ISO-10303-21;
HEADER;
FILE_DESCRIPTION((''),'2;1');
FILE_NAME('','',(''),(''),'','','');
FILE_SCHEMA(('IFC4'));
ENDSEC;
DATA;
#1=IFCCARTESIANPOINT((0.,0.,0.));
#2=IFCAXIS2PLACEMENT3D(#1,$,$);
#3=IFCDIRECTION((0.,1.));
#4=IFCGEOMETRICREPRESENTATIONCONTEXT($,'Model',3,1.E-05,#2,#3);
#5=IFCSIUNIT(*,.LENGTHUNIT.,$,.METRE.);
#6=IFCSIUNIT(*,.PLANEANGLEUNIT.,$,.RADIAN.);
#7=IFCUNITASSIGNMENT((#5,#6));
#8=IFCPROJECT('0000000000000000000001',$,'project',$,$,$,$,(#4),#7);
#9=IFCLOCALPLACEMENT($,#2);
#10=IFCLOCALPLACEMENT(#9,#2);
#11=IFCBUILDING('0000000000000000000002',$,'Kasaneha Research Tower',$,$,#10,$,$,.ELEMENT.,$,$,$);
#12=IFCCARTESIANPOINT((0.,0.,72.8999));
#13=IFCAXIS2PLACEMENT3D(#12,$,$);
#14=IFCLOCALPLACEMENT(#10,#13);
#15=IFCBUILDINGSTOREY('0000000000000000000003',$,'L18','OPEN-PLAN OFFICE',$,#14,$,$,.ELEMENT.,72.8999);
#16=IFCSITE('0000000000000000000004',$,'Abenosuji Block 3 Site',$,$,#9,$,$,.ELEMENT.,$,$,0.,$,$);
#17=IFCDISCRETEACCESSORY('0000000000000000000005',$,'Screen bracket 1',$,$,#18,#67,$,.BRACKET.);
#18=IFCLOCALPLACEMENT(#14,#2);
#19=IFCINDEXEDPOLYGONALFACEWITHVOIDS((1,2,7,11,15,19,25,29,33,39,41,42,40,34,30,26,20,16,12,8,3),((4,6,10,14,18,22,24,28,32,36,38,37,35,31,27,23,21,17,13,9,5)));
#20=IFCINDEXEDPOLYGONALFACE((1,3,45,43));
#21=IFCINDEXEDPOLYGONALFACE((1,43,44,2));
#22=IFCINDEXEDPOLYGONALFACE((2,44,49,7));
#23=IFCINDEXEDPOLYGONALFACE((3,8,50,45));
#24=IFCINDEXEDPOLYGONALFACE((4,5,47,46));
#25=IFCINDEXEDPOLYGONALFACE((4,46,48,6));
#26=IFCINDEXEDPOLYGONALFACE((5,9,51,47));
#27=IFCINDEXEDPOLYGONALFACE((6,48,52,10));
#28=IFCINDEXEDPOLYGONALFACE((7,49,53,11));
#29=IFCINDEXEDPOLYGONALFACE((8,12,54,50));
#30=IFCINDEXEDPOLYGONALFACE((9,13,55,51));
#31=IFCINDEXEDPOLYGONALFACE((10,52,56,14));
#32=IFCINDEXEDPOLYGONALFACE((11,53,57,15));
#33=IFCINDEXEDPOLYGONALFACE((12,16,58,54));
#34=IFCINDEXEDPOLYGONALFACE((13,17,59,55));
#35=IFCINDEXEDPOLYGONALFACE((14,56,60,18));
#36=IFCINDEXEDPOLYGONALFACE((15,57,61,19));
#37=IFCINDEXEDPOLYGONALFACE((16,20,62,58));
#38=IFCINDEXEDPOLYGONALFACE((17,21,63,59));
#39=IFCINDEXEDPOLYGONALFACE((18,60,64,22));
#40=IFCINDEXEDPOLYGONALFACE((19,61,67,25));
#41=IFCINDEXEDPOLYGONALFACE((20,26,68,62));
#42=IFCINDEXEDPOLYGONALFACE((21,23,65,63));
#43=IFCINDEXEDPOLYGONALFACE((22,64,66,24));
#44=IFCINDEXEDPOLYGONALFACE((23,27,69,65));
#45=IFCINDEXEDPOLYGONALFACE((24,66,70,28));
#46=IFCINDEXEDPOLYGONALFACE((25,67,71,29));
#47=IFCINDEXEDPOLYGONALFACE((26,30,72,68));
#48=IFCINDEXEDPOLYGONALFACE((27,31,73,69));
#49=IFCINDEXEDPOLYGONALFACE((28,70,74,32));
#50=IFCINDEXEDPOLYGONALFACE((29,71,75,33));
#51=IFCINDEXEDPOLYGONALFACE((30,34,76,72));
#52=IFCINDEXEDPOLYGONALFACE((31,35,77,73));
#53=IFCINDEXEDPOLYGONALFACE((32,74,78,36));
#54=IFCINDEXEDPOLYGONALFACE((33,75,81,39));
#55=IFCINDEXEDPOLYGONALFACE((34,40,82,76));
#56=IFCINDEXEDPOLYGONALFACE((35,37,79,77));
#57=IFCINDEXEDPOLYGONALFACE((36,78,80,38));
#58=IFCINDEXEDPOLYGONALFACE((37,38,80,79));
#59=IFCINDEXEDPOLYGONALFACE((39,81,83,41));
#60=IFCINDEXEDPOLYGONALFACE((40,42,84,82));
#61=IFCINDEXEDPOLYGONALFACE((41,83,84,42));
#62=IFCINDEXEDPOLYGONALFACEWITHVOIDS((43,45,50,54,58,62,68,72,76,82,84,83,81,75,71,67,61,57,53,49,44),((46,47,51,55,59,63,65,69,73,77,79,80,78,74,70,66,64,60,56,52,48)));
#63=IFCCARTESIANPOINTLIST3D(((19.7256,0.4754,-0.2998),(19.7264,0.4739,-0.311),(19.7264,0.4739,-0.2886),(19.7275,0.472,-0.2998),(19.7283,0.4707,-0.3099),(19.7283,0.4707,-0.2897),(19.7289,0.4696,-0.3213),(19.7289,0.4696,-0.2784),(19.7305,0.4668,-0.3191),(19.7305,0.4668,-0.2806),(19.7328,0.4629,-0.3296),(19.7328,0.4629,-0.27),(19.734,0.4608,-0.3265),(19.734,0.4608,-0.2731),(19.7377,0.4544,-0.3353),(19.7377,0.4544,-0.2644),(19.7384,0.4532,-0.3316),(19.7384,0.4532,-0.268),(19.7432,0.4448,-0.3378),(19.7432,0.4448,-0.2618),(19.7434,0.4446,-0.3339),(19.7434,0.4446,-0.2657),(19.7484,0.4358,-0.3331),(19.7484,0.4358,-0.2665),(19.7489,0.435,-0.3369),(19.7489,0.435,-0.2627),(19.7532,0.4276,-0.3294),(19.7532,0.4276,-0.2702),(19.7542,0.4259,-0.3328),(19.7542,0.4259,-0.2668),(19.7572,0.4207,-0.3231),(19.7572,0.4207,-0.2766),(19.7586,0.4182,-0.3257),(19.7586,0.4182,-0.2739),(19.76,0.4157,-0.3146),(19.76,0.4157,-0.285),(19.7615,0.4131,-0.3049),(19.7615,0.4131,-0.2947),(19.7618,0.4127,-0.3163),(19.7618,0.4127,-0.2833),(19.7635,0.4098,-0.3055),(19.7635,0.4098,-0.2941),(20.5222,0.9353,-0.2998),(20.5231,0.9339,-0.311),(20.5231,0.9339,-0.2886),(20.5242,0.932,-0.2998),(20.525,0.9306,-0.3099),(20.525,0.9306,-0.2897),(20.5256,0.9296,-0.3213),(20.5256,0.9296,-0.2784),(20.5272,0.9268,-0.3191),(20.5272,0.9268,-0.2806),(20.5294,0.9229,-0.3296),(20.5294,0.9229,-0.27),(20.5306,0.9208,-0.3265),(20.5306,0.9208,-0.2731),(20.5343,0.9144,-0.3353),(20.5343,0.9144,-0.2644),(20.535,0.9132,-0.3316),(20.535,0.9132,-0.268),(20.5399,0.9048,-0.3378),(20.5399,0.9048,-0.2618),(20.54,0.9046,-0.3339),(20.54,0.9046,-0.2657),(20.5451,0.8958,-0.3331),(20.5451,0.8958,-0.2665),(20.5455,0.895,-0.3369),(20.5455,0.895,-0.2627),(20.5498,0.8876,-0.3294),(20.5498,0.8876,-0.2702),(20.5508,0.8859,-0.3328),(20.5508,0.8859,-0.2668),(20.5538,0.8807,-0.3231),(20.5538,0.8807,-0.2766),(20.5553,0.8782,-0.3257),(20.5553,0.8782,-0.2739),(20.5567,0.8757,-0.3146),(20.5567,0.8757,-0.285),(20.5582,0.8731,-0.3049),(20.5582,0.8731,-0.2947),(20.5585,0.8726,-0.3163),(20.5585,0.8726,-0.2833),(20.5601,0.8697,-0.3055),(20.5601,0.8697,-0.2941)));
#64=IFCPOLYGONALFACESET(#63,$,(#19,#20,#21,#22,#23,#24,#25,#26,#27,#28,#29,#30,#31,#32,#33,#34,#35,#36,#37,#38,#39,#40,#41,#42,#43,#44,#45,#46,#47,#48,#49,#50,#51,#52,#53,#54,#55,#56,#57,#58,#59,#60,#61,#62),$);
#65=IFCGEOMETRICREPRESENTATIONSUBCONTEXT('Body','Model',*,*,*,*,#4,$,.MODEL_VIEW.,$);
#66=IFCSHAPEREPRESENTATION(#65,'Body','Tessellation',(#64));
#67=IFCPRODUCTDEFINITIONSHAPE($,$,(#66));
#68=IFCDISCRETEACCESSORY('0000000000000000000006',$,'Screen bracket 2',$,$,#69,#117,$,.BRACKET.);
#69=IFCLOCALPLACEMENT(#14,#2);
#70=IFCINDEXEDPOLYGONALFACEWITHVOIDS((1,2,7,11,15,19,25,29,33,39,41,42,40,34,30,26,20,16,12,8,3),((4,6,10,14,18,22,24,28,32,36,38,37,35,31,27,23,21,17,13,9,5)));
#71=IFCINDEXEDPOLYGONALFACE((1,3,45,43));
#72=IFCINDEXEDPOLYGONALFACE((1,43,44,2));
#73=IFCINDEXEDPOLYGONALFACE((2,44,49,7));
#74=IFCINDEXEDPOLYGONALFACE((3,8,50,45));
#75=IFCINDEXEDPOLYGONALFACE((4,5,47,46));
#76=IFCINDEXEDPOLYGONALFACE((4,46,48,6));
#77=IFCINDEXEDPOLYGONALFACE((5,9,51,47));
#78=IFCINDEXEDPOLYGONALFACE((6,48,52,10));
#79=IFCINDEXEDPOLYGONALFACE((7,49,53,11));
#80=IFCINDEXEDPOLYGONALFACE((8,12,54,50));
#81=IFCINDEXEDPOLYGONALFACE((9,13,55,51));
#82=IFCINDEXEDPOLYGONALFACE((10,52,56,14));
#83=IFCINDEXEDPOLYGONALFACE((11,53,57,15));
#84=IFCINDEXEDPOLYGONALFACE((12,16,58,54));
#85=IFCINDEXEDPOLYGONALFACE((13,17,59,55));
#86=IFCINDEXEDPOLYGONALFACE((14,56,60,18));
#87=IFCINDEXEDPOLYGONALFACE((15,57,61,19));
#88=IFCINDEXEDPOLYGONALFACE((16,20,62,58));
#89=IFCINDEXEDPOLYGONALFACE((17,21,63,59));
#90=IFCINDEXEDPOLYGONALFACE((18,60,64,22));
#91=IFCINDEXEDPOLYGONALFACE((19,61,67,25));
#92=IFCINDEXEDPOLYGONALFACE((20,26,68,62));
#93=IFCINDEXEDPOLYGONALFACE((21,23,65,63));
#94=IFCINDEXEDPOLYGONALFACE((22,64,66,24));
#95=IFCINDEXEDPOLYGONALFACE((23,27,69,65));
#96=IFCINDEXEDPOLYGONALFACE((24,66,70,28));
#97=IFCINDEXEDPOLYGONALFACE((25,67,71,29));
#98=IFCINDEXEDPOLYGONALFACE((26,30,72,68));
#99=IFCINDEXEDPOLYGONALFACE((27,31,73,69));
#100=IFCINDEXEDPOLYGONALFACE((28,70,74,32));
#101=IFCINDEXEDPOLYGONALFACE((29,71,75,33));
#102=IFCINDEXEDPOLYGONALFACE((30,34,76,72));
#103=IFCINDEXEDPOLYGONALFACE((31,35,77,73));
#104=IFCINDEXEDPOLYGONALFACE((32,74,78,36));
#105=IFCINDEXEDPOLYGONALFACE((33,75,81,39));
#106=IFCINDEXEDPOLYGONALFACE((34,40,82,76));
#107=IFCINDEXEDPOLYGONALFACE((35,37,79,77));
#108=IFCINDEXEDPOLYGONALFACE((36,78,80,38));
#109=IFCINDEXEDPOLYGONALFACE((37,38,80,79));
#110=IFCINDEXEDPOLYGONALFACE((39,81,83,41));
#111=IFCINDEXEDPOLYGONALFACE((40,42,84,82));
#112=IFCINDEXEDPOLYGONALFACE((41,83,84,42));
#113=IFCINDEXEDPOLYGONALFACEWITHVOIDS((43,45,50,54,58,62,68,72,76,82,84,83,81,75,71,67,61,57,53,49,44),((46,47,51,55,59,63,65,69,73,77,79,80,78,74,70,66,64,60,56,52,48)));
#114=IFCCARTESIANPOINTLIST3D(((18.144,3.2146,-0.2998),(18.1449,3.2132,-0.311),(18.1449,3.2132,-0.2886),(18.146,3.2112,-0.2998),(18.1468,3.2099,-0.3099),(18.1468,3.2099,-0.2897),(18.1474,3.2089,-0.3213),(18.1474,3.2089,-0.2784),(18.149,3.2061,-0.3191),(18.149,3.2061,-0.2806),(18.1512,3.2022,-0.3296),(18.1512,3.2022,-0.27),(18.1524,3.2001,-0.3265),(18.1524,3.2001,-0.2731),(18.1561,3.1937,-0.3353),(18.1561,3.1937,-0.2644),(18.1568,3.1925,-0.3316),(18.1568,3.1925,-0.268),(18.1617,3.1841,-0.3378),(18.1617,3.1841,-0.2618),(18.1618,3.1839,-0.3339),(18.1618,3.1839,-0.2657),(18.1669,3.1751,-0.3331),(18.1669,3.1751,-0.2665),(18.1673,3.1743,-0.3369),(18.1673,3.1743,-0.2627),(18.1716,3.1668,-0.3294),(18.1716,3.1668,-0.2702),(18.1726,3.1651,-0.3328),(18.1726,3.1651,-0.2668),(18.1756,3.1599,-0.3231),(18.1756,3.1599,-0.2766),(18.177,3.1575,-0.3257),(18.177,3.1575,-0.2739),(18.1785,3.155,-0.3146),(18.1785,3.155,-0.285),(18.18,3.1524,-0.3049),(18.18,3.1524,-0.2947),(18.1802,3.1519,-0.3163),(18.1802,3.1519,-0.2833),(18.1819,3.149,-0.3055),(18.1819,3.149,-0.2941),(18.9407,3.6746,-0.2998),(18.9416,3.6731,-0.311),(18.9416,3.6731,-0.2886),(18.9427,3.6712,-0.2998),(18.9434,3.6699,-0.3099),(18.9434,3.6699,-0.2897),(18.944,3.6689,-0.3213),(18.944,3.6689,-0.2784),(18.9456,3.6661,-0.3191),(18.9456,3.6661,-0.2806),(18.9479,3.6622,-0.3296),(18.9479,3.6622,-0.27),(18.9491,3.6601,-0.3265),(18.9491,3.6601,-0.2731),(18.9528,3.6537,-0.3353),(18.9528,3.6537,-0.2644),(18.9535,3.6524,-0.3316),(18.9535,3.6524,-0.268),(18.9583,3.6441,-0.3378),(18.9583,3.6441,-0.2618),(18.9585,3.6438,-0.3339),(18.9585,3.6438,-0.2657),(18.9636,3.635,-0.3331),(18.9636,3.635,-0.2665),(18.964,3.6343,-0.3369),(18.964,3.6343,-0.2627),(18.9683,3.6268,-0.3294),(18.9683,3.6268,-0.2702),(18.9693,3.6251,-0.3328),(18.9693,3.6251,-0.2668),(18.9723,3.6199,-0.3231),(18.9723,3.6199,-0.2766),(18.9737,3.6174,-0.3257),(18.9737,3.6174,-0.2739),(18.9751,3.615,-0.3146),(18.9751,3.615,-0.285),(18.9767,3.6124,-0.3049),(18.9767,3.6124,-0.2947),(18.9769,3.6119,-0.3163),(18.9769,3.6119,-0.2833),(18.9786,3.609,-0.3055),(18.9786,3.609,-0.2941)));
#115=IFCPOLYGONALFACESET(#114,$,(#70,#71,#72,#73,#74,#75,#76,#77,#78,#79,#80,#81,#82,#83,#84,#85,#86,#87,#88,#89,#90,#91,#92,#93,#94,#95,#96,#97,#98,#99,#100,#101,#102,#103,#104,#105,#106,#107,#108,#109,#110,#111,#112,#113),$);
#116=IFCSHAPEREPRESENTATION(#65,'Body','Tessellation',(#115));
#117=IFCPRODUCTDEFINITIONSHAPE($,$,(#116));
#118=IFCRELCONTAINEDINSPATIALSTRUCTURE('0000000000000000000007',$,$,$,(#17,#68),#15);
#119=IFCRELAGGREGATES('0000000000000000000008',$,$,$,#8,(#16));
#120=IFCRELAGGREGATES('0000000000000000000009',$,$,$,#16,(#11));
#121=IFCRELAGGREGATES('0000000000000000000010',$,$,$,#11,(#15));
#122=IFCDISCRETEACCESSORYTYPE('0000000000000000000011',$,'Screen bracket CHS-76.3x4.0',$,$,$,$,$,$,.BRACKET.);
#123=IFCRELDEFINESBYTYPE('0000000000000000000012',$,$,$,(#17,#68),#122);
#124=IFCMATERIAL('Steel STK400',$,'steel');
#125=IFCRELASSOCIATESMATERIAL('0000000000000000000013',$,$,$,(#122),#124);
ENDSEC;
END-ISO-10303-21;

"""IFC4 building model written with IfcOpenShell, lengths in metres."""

from ifc_helpers import new_model, si_unit, direction, frame, origin, origin_2d, place, context, subcontext, project, spatial, hollow_circle, extrude, material, material_profile, profile_set, type_object, element, save


model = new_model("IFC4")

# Units and contexts
model_context = context("Model", 3, precision=1e-05, world=origin(), true_north=direction((0.0, 1.0)))
body_context = subcontext(model_context, "Body", "Model", "MODEL_VIEW")
ifc_project = project(units=[si_unit("LENGTHUNIT", "METRE"), si_unit("PLANEANGLEUNIT", "RADIAN")], contexts=[model_context])

# Site, building, storey
site_placement = place(None, origin())
site = spatial("IfcSite", under=ifc_project, at=site_placement, Name="Abenosuji Block 3 Site", CompositionType="ELEMENT", RefElevation=0.0)
building_placement = place(site_placement, origin())
building = spatial("IfcBuilding", under=site, at=building_placement, Name="Kasaneha Research Tower", CompositionType="ELEMENT")
storey_placement = place(building_placement, frame((0.0, 0.0, 72.8999)))
storey = spatial("IfcBuildingStorey", under=building, at=storey_placement, Name="L18", Description="OPEN-PLAN OFFICE", CompositionType="ELEMENT", Elevation=72.8999)

# Discrete accessories
ifc_material_1 = material(Name="Steel STK400", Category="steel")
ifc_material_profile_1 = material_profile(ifc_material_1, hollow_circle(Radius=0.0381, WallThickness=0.0039, at=origin_2d()), Name="CHS-76.3x4.0")
ifc_profile_set_1 = profile_set([ifc_material_profile_1], Name="Steel STK400")
discrete_accessory_type = type_object("IfcDiscreteAccessoryType", Name="Screen bracket CHS-76.3x4.0", PredefinedType="BRACKET", material=ifc_profile_set_1)
for number, where, z_axis, x_axis, name in (
    (1, (19.7446, 0.4424, -0.2998), (0.866013, 0.500021, 0.0), (-0.500021, 0.866013, 0.0), "Screen bracket 1"),
    (2, (18.1631, 3.1816, -0.2998), (0.866013, 0.500021, 0.0), (-0.500021, 0.866013, 0.0), "Screen bracket 2"),
):
    element("IfcDiscreteAccessory", number, at=place(storey_placement, frame(where, z_axis=z_axis, x_axis=x_axis)), inside=storey, type_object=discrete_accessory_type, Name=name, PredefinedType="BRACKET", context=body_context, shape_type="SweptSolid", body=[
        extrude(hollow_circle(Radius=0.0381, WallThickness=0.0039, at=origin_2d()), origin(), (0.0, 0.0, 1.0), 0.9199),
    ])

save(model, "model.ifc")
